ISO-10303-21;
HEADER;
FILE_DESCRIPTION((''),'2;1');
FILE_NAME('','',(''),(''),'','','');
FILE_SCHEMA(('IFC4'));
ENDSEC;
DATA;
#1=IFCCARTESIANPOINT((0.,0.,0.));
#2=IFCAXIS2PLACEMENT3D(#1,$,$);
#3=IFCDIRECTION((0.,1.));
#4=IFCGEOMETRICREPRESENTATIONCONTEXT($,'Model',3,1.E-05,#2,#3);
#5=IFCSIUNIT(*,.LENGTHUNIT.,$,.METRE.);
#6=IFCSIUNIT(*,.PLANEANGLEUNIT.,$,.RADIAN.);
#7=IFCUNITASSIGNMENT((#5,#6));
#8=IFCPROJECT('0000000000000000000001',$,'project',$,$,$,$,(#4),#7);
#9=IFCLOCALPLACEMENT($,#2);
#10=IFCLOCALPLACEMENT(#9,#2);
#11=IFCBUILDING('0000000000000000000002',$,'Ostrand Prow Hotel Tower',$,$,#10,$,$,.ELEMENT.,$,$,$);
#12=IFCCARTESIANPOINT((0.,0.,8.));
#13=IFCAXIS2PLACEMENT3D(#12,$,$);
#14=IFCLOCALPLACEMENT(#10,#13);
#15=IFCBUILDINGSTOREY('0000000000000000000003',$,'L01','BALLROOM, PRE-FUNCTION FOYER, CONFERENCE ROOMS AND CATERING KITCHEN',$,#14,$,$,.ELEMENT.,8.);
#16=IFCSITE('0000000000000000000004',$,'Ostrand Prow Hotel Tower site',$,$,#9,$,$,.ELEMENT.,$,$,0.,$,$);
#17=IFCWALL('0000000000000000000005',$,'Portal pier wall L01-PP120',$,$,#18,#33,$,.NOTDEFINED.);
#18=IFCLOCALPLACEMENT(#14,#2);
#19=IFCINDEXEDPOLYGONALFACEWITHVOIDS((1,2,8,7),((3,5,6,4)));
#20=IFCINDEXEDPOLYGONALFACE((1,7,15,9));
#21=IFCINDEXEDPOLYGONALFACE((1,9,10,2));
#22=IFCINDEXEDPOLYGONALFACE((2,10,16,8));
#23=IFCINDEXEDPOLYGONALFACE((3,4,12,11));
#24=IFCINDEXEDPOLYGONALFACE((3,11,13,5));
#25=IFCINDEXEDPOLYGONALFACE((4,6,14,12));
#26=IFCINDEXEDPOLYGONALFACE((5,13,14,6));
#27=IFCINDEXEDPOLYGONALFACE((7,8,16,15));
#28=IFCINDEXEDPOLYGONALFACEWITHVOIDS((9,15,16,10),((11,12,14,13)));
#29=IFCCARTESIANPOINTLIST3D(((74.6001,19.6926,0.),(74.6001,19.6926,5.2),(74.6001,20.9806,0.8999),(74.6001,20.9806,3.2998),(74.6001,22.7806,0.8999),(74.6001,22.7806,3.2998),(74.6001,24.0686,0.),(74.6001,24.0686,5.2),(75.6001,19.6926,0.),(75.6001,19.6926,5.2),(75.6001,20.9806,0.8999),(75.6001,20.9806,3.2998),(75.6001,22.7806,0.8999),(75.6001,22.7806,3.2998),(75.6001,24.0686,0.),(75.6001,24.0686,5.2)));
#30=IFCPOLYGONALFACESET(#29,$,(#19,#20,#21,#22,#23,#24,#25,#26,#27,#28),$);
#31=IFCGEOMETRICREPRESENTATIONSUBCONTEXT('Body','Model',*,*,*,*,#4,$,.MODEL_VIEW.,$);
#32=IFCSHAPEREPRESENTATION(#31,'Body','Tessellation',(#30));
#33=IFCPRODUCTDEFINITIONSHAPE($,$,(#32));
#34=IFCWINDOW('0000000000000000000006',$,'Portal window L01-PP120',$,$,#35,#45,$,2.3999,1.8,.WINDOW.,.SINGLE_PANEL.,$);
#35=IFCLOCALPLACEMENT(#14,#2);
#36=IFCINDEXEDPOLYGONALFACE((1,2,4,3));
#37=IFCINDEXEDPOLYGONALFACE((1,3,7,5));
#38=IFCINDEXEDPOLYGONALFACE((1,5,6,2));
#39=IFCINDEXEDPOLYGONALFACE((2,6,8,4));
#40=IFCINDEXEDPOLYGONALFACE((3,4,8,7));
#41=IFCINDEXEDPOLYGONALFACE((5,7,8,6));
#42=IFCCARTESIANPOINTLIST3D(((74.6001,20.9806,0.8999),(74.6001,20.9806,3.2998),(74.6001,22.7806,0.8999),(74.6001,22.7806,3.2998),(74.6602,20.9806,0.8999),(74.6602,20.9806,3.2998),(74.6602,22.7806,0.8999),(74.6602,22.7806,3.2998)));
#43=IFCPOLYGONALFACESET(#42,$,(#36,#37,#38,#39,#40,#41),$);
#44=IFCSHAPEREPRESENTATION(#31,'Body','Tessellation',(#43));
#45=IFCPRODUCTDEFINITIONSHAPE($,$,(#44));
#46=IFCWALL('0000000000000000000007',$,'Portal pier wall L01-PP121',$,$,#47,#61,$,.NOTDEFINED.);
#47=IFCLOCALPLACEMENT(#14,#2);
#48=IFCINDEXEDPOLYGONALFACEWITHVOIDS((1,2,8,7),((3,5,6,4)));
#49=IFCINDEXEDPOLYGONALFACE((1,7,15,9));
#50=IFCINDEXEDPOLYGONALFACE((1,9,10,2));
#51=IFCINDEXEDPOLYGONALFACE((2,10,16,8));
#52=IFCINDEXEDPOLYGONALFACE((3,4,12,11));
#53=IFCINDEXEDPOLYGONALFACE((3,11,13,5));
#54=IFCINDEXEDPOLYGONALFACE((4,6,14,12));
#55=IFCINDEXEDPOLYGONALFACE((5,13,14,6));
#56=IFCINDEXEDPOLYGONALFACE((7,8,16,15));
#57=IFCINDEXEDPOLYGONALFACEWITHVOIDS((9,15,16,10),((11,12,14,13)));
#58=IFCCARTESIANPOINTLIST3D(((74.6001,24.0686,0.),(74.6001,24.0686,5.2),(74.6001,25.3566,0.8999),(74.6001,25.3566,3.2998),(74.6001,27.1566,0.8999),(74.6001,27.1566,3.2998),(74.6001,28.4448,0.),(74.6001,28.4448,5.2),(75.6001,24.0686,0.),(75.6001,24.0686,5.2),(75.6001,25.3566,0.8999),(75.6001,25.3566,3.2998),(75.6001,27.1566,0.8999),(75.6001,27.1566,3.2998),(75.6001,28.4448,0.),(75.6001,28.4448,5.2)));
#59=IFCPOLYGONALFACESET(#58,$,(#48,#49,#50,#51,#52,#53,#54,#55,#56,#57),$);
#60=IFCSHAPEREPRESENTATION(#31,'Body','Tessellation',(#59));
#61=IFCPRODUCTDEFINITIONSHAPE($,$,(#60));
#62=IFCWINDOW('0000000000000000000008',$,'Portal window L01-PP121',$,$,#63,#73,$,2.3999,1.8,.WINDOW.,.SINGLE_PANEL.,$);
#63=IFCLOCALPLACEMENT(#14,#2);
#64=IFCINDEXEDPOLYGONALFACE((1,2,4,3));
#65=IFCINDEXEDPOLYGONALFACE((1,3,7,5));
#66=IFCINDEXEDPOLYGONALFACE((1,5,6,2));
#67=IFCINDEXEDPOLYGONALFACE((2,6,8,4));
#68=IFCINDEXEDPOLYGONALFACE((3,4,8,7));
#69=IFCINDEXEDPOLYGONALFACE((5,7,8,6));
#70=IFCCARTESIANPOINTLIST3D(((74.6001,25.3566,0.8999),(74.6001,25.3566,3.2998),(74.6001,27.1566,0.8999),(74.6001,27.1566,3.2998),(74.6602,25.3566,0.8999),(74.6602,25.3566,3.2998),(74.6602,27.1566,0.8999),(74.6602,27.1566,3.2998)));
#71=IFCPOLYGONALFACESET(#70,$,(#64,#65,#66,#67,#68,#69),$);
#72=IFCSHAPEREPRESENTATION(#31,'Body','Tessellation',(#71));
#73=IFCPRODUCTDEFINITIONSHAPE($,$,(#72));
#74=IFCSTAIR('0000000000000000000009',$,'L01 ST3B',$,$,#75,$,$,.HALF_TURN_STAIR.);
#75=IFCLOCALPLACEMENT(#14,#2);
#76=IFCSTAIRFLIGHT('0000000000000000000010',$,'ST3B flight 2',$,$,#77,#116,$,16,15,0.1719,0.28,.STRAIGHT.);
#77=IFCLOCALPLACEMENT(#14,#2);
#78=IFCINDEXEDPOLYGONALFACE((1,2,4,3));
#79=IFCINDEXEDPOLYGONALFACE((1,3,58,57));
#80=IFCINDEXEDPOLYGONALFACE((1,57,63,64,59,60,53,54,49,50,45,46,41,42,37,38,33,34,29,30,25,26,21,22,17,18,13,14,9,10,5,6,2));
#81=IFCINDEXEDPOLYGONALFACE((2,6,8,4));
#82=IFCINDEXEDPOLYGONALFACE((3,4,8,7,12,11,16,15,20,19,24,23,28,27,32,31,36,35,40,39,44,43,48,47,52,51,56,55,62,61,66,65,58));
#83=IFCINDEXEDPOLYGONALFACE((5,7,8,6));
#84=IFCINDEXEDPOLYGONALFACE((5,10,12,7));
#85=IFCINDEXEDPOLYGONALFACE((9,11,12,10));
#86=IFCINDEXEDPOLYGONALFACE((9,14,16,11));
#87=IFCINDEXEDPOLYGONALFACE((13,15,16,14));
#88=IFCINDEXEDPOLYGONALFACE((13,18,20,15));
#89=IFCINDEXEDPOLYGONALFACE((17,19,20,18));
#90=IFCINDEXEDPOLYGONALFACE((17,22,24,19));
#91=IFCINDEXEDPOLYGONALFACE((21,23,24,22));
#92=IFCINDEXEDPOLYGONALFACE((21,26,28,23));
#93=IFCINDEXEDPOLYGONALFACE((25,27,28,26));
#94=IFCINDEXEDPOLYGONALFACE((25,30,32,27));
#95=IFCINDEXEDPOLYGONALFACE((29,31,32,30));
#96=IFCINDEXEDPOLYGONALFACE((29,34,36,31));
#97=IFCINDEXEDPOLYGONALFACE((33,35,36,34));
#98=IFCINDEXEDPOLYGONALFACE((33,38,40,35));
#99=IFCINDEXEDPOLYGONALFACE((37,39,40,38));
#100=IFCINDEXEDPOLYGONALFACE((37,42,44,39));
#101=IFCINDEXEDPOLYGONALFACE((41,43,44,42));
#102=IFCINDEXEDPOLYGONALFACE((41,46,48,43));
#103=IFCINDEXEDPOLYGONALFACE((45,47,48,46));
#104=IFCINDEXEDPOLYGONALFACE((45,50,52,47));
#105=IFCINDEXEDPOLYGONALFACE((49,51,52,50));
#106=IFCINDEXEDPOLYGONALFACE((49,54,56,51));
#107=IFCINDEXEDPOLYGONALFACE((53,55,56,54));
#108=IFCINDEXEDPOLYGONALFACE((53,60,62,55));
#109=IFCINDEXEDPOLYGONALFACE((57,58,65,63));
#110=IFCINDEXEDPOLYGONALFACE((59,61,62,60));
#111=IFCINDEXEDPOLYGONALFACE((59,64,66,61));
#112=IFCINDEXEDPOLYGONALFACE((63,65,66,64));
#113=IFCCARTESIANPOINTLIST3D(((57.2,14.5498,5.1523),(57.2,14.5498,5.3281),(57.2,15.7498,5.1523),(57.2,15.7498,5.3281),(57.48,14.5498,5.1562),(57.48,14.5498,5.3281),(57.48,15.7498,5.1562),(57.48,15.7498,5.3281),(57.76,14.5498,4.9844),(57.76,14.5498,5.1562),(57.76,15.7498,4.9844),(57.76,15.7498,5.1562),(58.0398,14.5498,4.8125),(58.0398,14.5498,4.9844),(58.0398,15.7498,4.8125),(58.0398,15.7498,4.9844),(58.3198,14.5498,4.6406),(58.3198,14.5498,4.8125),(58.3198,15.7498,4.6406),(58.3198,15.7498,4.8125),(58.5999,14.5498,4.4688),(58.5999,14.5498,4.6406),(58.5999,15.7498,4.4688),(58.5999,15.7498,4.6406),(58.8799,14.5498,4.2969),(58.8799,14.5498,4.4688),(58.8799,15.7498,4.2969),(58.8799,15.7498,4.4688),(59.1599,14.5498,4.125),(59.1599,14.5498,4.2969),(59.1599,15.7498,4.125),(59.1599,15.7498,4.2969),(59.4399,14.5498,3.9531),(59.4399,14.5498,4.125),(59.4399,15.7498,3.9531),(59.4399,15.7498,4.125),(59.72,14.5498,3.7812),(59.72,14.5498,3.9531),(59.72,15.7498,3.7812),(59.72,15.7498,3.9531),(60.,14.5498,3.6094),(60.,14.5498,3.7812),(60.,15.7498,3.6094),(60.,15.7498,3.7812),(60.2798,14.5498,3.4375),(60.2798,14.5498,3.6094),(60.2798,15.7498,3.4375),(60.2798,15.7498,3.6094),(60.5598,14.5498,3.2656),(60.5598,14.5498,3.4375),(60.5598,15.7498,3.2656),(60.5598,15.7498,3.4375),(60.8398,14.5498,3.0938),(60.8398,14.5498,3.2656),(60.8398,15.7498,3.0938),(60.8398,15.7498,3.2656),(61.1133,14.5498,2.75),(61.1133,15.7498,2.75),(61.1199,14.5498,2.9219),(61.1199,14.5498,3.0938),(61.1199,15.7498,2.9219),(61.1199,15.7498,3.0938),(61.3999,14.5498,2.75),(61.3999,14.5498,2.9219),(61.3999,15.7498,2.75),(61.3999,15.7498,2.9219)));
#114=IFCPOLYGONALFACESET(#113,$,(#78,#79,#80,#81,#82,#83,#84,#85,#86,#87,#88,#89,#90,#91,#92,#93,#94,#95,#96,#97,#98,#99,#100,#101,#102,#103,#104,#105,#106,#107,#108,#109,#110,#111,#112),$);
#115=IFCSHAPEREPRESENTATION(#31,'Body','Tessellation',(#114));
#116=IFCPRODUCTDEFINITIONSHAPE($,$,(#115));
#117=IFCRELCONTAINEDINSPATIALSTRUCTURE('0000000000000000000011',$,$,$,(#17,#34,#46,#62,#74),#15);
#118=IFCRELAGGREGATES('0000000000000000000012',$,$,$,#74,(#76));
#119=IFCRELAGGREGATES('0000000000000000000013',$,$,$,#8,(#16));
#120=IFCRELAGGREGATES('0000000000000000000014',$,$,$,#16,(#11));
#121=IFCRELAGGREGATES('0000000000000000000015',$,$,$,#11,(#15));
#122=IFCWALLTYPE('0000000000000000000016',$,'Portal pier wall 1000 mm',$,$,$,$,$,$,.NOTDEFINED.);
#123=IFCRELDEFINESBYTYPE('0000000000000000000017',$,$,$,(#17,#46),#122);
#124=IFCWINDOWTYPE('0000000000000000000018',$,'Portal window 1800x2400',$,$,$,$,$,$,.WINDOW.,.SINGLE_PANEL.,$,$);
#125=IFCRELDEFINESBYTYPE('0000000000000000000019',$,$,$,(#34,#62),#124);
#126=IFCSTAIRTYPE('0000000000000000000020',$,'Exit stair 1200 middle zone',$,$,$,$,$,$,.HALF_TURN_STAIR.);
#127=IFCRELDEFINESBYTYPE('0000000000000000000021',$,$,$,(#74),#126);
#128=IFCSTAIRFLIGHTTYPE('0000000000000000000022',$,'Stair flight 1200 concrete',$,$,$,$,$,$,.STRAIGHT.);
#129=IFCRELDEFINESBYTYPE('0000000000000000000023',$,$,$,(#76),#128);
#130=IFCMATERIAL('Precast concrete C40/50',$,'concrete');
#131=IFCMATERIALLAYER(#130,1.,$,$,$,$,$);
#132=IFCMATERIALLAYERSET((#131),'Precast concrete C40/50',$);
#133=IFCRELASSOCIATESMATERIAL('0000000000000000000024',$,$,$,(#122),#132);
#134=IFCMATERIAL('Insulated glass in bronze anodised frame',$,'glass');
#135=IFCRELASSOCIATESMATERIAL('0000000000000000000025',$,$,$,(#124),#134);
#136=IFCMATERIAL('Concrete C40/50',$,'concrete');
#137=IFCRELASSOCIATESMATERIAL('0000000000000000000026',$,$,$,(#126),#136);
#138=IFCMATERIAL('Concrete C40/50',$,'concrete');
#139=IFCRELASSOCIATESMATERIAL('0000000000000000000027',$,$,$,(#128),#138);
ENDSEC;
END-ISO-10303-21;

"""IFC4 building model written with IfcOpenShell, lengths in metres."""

from ifc_helpers import new_model, si_unit, direction, frame, frame_2d, origin, place, context, subcontext, project, spatial, polyline, rectangle, outline, extrude, material, layer, layer_set, type_object, element, fill, aggregate, save


model = new_model("IFC4")

# Units and contexts
model_context = context("Model", 3, precision=1e-05, world=origin(), true_north=direction((0.0, 1.0)))
body_context = subcontext(model_context, "Body", "Model", "MODEL_VIEW")
ifc_project = project(units=[si_unit("LENGTHUNIT", "METRE"), si_unit("PLANEANGLEUNIT", "RADIAN")], contexts=[model_context])

# Site, building, storey
site_placement = place(None, origin())
site = spatial("IfcSite", under=ifc_project, at=site_placement, Name="Ostrand Prow Hotel Tower site", CompositionType="ELEMENT", RefElevation=0.0)
building_placement = place(site_placement, origin())
building = spatial("IfcBuilding", under=site, at=building_placement, Name="Ostrand Prow Hotel Tower", CompositionType="ELEMENT")
storey_placement = place(building_placement, frame((0.0, 0.0, 8.0)))
storey = spatial("IfcBuildingStorey", under=building, at=storey_placement, Name="L01", Description="BALLROOM, PRE-FUNCTION FOYER, CONFERENCE ROOMS AND CATERING KITCHEN", CompositionType="ELEMENT", Elevation=8.0)

# Walls, openings, windows
ifc_material_1 = material(Name="Precast concrete C40/50", Category="concrete")
ifc_layer_1 = layer(ifc_material_1, 1.0)
ifc_layer_set_1 = layer_set([ifc_layer_1], Name="Precast concrete C40/50")
wall_type_1 = type_object("IfcWallType", Name="Portal pier wall 1000 mm", PredefinedType="NOTDEFINED", material=ifc_layer_set_1)
ifc_material_2 = material(Name="Insulated glass in bronze anodised frame", Category="glass")
window_type = type_object("IfcWindowType", Name="Portal window 1800x2400", PartitioningType="SINGLE_PANEL", PredefinedType="WINDOW", material=ifc_material_2)
wall_1_placement = place(storey_placement, frame((75.1001, 19.6926, 0.0), z_axis=(0.0, 0.0, 1.0), x_axis=(0.0, 1.0, 0.0)))
wall_1 = element("IfcWall", 1, at=wall_1_placement, inside=storey, type_object=wall_type_1, Name="Portal pier wall L01-PP120", PredefinedType="NOTDEFINED", context=body_context, shape_type="SweptSolid", body=[
    extrude(outline(polyline([(0.0, -0.5), (4.376, -0.5), (4.376, 0.5), (0.0, 0.5), (0.0, -0.5)])), origin(), (0.0, 0.0, 1.0), 5.2),
])
opening_1_placement = place(wall_1_placement, frame((1.2881, 0.0, 0.8999)))
opening_1 = element("IfcOpeningElement", 2, at=opening_1_placement, cuts=wall_1, PredefinedType="OPENING", context=body_context, shape_type="SweptSolid", body=[
    extrude(rectangle(XDim=1.8, YDim=2.3999, at=frame_2d((0.8999, 1.2))), frame((0.0, 0.51, 0.0), z_axis=(0.0, -1.0, 0.0), x_axis=(1.0, 0.0, 0.0)), (0.0, 0.0, 1.0), 1.02),
])
window_1_placement = place(opening_1_placement, origin())
window_1 = element("IfcWindow", 3, at=window_1_placement, inside=storey, type_object=window_type, Name="Portal window L01-PP120", OverallHeight=2.3999, OverallWidth=1.8, PartitioningType="SINGLE_PANEL", PredefinedType="WINDOW", context=body_context, shape_type="SweptSolid", body=[
    extrude(rectangle(XDim=1.8, YDim=2.3999, at=frame_2d((0.8999, 1.2))), frame((0.0, 0.5, 0.0), z_axis=(0.0, -1.0, 0.0), x_axis=(1.0, 0.0, 0.0)), (0.0, 0.0, 1.0), 0.0601),
])
fill(opening_1, window_1)
wall_2_placement = place(storey_placement, frame((75.1001, 24.0686, 0.0), z_axis=(0.0, 0.0, 1.0), x_axis=(0.0, 1.0, 0.0)))
wall_2 = element("IfcWall", 4, at=wall_2_placement, inside=storey, type_object=wall_type_1, Name="Portal pier wall L01-PP121", PredefinedType="NOTDEFINED", context=body_context, shape_type="SweptSolid", body=[
    extrude(outline(polyline([(0.0, -0.5), (4.3762, -0.5), (4.3762, 0.5), (0.0, 0.5), (0.0, -0.5)])), origin(), (0.0, 0.0, 1.0), 5.2),
])
opening_2_placement = place(wall_2_placement, frame((1.2881, 0.0, 0.8999)))
opening_2 = element("IfcOpeningElement", 5, at=opening_2_placement, cuts=wall_2, PredefinedType="OPENING", context=body_context, shape_type="SweptSolid", body=[
    extrude(rectangle(XDim=1.8, YDim=2.3999, at=frame_2d((0.8999, 1.2))), frame((0.0, 0.51, 0.0), z_axis=(0.0, -1.0, 0.0), x_axis=(1.0, 0.0, 0.0)), (0.0, 0.0, 1.0), 1.02),
])
window_2_placement = place(opening_2_placement, origin())
window_2 = element("IfcWindow", 6, at=window_2_placement, inside=storey, type_object=window_type, Name="Portal window L01-PP121", OverallHeight=2.3999, OverallWidth=1.8, PartitioningType="SINGLE_PANEL", PredefinedType="WINDOW", context=body_context, shape_type="SweptSolid", body=[
    extrude(rectangle(XDim=1.8, YDim=2.3999, at=frame_2d((0.8999, 1.2))), frame((0.0, 0.5, 0.0), z_axis=(0.0, -1.0, 0.0), x_axis=(1.0, 0.0, 0.0)), (0.0, 0.0, 1.0), 0.0601),
])
fill(opening_2, window_2)

# Stair, stair flight
ifc_material_3 = material(Name="Concrete C40/50", Category="concrete")
stair_type = type_object("IfcStairType", Name="Exit stair 1200 middle zone", PredefinedType="HALF_TURN_STAIR", material=ifc_material_3)
stair_placement = place(storey_placement, origin())
stair = element("IfcStair", 7, at=stair_placement, inside=storey, type_object=stair_type, Name="L01 ST3B", PredefinedType="HALF_TURN_STAIR")
ifc_material_4 = material(Name="Concrete C40/50", Category="concrete")
stair_flight_type = type_object("IfcStairFlightType", Name="Stair flight 1200 concrete", PredefinedType="STRAIGHT", material=ifc_material_4)
stair_flight_placement = place(storey_placement, frame((61.3999, 15.1499, 2.75), z_axis=(0.0, 0.0, 1.0), x_axis=(-1.0, 0.0, 0.0)))
stair_flight = element("IfcStairFlight", 8, at=stair_flight_placement, type_object=stair_flight_type, Name="ST3B flight 2", NumberOfRisers=16, NumberOfTreads=15, PredefinedType="STRAIGHT", RiserHeight=0.1719, TreadLength=0.28, context=body_context, shape_type="SweptSolid", body=[
    extrude(outline(polyline([(0.0, 0.0), (0.0, 0.1719), (0.28, 0.1719), (0.28, 0.3438), (0.5601, 0.3438), (0.5601, 0.5156), (0.8401, 0.5156), (0.8401, 0.6875), (1.1201, 0.6875), (1.1201, 0.8594), (1.3999, 0.8594), (1.3999, 1.0312), (1.6799, 1.0312), (1.6799, 1.2031), (1.96, 1.2031), (1.96, 1.375), (2.24, 1.375), (2.24, 1.5469), (2.52, 1.5469), (2.52, 1.7188), (2.8, 1.7188), (2.8, 1.8906), (3.0801, 1.8906), (3.0801, 2.0625), (3.3601, 2.0625), (3.3601, 2.2344), (3.6399, 2.2344), (3.6399, 2.4062), (3.9199, 2.4062), (3.9199, 2.5781), (4.2, 2.5781), (4.2, 2.75), (4.2, 2.4023), (0.2866, 0.0), (0.0, 0.0)])), frame((0.0, 0.6001, 0.0), z_axis=(0.0, -1.0, 0.0), x_axis=(1.0, 0.0, 0.0)), (0.0, 0.0, 1.0), 1.2),
])
aggregate(stair, [stair_flight])

save(model, "model.ifc")
